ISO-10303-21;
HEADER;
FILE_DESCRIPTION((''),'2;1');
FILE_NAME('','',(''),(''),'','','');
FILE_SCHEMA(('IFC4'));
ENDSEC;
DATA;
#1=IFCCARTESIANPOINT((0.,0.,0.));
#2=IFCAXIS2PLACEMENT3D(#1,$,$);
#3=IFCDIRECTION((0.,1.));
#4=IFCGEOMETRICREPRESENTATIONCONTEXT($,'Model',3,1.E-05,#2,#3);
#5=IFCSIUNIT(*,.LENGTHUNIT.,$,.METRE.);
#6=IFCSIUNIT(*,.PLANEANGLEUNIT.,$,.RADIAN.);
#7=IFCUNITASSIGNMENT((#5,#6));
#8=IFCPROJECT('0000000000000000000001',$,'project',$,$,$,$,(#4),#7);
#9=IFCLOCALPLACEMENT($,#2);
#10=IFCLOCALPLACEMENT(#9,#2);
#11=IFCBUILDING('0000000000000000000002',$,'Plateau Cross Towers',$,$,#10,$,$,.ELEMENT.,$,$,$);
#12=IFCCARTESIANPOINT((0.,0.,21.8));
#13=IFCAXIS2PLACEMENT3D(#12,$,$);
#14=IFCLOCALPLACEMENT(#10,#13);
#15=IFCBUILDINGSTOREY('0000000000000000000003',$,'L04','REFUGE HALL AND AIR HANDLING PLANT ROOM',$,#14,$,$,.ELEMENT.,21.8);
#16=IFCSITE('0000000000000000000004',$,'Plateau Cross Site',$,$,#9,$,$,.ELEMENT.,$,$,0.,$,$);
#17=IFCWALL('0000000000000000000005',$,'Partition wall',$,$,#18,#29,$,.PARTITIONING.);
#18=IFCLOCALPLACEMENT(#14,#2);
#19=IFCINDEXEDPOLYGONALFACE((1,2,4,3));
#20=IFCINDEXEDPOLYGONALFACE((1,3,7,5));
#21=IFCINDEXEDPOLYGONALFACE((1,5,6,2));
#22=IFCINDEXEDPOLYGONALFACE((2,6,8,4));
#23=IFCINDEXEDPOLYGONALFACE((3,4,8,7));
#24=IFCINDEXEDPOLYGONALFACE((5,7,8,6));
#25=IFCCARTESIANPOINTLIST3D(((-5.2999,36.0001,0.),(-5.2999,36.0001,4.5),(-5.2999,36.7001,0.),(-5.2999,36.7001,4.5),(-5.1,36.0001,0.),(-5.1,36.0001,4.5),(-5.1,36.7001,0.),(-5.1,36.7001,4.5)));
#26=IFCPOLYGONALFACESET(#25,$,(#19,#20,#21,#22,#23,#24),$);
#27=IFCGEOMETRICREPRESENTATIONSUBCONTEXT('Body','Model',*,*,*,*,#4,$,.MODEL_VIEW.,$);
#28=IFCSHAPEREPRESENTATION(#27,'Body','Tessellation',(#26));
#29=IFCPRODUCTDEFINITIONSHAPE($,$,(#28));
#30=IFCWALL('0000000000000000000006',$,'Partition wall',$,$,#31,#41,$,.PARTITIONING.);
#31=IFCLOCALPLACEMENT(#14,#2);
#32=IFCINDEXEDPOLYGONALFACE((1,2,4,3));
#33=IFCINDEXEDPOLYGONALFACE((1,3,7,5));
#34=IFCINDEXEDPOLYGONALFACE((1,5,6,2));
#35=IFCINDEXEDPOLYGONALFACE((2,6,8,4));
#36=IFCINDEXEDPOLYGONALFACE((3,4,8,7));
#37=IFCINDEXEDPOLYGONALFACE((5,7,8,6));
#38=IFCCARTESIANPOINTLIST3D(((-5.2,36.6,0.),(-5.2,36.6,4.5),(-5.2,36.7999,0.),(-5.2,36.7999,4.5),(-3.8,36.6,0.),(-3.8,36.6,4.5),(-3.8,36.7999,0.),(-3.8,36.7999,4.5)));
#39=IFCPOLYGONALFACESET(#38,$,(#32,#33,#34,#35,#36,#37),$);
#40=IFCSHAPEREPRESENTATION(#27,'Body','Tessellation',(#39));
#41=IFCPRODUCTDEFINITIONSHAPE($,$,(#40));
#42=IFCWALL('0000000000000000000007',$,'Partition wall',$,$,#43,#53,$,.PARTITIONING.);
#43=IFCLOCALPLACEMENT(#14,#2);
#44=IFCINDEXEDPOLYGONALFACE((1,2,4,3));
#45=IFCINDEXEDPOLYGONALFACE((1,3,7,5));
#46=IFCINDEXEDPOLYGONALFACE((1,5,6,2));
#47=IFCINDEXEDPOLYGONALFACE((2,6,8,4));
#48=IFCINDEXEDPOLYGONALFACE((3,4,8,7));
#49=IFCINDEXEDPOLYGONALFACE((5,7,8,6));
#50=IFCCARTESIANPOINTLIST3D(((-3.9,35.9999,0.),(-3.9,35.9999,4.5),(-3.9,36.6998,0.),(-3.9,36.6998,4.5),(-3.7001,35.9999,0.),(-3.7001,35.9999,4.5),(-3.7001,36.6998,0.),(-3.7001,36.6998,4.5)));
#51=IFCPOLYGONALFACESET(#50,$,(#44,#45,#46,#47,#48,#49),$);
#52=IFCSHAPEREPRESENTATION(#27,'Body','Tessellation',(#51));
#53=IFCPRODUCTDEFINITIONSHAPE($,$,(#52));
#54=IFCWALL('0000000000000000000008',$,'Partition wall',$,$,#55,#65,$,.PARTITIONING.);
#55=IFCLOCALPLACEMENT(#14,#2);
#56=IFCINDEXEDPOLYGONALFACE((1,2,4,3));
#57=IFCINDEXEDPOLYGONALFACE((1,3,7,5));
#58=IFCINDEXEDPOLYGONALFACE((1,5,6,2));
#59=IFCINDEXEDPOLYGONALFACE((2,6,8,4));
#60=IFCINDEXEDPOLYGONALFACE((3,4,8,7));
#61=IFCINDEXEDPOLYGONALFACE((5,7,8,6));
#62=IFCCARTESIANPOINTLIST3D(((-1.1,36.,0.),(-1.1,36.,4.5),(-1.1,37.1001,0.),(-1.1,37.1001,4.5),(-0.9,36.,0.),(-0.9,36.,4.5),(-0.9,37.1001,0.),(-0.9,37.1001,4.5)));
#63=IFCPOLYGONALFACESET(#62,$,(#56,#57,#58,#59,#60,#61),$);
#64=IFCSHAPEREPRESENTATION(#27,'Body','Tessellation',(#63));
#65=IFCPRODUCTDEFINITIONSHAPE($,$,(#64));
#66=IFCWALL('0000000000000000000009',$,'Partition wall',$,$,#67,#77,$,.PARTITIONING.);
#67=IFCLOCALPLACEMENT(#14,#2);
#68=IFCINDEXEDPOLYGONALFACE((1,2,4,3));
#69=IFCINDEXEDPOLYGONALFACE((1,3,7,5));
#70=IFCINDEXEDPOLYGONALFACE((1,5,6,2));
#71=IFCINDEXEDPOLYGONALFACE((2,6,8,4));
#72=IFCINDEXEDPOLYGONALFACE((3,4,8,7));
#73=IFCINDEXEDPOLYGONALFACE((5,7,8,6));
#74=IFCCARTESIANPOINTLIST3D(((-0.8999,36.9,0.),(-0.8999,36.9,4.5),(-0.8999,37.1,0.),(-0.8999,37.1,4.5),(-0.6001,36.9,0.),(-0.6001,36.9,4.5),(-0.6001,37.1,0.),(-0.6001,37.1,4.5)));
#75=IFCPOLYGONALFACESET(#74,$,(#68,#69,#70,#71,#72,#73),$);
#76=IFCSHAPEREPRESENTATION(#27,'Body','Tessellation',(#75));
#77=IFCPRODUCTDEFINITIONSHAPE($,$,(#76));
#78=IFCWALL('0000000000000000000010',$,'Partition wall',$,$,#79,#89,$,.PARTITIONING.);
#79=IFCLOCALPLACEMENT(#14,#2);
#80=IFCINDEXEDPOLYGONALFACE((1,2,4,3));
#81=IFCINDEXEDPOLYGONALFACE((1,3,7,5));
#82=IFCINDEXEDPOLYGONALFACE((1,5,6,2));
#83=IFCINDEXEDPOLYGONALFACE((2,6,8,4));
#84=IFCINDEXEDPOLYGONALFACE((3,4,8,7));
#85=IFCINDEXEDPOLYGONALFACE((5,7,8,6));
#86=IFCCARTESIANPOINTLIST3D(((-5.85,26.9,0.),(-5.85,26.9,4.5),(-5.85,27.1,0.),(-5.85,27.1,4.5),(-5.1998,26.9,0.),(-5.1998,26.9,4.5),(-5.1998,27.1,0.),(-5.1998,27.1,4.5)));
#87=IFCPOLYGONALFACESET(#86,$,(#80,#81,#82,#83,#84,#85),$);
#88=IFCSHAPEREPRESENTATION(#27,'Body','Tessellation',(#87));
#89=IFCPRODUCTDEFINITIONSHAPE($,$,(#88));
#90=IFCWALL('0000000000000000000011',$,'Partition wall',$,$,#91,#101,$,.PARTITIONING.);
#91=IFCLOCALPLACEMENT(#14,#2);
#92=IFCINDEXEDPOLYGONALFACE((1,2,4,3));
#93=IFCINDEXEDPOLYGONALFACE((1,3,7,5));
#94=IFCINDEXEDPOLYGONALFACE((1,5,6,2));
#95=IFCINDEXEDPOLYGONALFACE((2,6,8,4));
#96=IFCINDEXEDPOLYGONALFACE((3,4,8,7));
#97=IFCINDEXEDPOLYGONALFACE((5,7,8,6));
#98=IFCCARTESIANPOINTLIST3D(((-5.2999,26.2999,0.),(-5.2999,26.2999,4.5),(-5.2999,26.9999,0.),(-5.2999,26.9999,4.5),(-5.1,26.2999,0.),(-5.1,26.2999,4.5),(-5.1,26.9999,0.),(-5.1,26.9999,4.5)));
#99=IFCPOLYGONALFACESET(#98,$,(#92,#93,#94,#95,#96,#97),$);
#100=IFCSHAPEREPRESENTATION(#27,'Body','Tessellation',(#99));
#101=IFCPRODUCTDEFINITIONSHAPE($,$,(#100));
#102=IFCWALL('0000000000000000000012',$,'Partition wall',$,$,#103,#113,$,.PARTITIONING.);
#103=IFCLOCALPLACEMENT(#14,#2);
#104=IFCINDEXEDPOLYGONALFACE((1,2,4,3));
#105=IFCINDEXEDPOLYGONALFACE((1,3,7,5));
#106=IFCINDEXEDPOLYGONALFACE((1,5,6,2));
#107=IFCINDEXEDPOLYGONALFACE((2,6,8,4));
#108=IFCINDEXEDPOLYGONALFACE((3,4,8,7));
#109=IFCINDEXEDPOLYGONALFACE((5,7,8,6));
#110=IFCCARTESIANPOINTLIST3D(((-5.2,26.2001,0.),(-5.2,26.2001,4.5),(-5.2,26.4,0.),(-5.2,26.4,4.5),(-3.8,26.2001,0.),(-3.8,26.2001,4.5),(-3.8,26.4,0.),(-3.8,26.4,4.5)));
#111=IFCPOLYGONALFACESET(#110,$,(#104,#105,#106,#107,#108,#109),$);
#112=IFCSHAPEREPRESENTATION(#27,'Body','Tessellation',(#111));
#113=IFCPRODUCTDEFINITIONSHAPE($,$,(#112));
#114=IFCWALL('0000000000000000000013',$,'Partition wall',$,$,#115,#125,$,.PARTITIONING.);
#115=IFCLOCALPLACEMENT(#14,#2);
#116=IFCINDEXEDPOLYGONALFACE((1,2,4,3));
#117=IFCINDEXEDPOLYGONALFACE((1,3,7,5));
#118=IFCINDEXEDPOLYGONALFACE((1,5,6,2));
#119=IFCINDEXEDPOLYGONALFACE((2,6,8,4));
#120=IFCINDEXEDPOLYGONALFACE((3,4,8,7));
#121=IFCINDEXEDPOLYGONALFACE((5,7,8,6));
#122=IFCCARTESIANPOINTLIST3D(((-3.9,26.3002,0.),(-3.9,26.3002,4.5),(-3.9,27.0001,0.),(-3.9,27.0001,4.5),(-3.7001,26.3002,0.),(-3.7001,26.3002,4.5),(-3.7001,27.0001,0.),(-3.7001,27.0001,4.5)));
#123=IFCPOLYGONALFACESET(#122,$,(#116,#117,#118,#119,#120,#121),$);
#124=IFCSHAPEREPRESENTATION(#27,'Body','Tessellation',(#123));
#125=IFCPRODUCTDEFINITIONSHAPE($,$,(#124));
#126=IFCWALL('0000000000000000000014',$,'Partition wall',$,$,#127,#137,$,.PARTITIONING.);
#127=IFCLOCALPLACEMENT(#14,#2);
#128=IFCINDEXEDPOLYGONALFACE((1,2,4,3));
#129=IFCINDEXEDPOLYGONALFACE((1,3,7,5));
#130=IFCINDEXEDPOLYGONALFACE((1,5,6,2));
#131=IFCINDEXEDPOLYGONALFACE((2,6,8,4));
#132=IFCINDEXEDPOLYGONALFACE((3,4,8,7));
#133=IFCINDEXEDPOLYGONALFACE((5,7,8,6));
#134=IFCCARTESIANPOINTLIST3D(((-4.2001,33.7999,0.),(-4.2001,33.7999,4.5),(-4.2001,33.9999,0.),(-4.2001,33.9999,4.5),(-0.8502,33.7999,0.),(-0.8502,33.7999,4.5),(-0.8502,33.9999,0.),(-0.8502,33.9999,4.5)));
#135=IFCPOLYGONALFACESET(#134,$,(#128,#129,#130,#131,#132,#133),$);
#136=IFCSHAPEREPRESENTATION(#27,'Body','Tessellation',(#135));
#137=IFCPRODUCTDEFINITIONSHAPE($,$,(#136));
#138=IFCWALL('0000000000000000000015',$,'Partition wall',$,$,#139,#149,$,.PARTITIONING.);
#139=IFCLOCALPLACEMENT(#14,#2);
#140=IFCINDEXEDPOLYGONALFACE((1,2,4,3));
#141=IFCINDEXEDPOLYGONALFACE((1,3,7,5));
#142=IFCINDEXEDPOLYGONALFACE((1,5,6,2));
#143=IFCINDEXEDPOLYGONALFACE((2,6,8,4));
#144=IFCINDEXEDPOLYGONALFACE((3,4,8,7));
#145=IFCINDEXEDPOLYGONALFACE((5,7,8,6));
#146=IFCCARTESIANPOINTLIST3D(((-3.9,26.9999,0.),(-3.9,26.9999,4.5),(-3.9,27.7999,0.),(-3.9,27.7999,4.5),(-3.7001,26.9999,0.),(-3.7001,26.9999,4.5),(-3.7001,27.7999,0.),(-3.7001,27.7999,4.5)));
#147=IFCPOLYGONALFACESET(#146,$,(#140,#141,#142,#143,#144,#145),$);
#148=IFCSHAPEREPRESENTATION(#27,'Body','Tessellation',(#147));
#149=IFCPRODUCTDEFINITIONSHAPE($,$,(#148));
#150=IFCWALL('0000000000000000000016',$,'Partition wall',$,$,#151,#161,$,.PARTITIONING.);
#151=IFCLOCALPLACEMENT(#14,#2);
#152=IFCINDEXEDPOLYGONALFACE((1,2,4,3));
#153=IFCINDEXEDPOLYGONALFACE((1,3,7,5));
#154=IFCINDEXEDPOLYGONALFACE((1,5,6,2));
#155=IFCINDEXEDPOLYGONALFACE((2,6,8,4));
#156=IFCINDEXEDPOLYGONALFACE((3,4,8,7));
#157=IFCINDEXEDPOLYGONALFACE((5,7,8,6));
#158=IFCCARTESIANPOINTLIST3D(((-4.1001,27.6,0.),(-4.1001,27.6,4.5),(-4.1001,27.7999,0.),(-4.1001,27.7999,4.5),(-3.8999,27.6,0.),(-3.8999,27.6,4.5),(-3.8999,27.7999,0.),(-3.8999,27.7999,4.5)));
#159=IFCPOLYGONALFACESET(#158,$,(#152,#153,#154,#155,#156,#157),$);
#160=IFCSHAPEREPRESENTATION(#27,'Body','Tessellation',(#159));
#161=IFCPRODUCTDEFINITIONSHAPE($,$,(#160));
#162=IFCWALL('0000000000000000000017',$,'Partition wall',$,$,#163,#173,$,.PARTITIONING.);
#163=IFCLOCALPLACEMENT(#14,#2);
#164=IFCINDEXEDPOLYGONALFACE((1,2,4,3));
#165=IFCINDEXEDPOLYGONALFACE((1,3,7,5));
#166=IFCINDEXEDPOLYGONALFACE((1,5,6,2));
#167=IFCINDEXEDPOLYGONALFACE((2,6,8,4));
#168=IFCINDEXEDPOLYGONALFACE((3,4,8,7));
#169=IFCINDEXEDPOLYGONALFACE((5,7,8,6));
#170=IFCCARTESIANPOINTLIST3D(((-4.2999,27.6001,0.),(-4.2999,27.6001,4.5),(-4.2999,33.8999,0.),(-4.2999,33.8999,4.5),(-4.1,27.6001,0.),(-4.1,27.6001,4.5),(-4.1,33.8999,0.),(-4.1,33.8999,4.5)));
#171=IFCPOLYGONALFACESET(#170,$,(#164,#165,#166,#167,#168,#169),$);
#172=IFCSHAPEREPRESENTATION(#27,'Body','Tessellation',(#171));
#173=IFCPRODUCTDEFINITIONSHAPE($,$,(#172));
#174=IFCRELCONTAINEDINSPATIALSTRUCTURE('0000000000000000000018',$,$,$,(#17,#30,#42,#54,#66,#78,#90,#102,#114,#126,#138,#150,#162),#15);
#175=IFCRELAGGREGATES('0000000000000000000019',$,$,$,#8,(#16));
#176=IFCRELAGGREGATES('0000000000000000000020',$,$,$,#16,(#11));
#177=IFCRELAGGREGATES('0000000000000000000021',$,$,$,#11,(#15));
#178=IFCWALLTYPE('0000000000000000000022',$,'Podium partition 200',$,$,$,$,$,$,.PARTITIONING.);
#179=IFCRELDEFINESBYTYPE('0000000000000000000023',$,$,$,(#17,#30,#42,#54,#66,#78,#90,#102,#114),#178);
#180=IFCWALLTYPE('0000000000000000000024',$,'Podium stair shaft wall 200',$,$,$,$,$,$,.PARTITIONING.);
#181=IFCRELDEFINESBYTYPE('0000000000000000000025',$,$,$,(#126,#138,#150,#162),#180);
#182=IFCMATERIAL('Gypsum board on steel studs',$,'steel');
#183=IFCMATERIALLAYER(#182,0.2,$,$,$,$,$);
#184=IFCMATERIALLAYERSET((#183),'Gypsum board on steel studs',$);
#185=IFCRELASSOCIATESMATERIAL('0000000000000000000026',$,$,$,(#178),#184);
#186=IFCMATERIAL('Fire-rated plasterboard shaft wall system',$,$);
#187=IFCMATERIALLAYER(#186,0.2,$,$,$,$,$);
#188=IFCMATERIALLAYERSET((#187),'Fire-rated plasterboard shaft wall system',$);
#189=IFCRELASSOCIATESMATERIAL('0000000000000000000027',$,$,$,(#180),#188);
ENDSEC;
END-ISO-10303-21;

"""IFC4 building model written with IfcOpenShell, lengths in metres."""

from ifc_helpers import new_model, si_unit, direction, frame, frame_2d, origin, place, context, subcontext, project, spatial, rectangle, extrude, material, layer, layer_set, type_object, element, save


model = new_model("IFC4")

# Units and contexts
model_context = context("Model", 3, precision=1e-05, world=origin(), true_north=direction((0.0, 1.0)))
body_context = subcontext(model_context, "Body", "Model", "MODEL_VIEW")
ifc_project = project(units=[si_unit("LENGTHUNIT", "METRE"), si_unit("PLANEANGLEUNIT", "RADIAN")], contexts=[model_context])

# Site, building, storey
site_placement = place(None, origin())
site = spatial("IfcSite", under=ifc_project, at=site_placement, Name="Plateau Cross Site", CompositionType="ELEMENT", RefElevation=0.0)
building_placement = place(site_placement, origin())
building = spatial("IfcBuilding", under=site, at=building_placement, Name="Plateau Cross Towers", CompositionType="ELEMENT")
storey_placement = place(building_placement, frame((0.0, 0.0, 21.8)))
storey = spatial("IfcBuildingStorey", under=building, at=storey_placement, Name="L04", Description="REFUGE HALL AND AIR HANDLING PLANT ROOM", CompositionType="ELEMENT", Elevation=21.8)

# Walls
ifc_material_1 = material(Name="Gypsum board on steel studs", Category="steel")
ifc_layer_1 = layer(ifc_material_1, 0.2)
ifc_layer_set_1 = layer_set([ifc_layer_1], Name="Gypsum board on steel studs")
wall_type_1 = type_object("IfcWallType", Name="Podium partition 200", PredefinedType="PARTITIONING", material=ifc_layer_set_1)
wall_1_placement = place(storey_placement, frame((-5.2, 36.0, 0.0), z_axis=(0.0, 0.0, 1.0), x_axis=(0.0, 1.0, 0.0)))
element("IfcWall", 1, at=wall_1_placement, inside=storey, type_object=wall_type_1, Name="Partition wall", PredefinedType="PARTITIONING", context=body_context, shape_type="SweptSolid", body=[
    extrude(rectangle(XDim=0.7, YDim=0.2, at=frame_2d((0.3501, 0.0))), origin(), (0.0, 0.0, 1.0), 4.5),
])
wall_2_placement = place(storey_placement, frame((-5.2, 36.7, 0.0), z_axis=(0.0, 0.0, 1.0), x_axis=(1.0, 0.0, 0.0)))
element("IfcWall", 2, at=wall_2_placement, inside=storey, type_object=wall_type_1, Name="Partition wall", PredefinedType="PARTITIONING", context=body_context, shape_type="SweptSolid", body=[
    extrude(rectangle(XDim=1.3999, YDim=0.2, at=frame_2d((0.7, 0.0))), origin(), (0.0, 0.0, 1.0), 4.5),
])
wall_3_placement = place(storey_placement, frame((-3.8, 36.7, 0.0), z_axis=(0.0, 0.0, 1.0), x_axis=(0.0, -1.0, 0.0)))
element("IfcWall", 3, at=wall_3_placement, inside=storey, type_object=wall_type_1, Name="Partition wall", PredefinedType="PARTITIONING", context=body_context, shape_type="SweptSolid", body=[
    extrude(rectangle(XDim=0.7, YDim=0.2, at=frame_2d((0.3501, 0.0))), origin(), (0.0, 0.0, 1.0), 4.5),
])
wall_4_placement = place(storey_placement, frame((-1.0, 36.0, 0.0), z_axis=(0.0, 0.0, 1.0), x_axis=(0.0, 1.0, 0.0)))
element("IfcWall", 4, at=wall_4_placement, inside=storey, type_object=wall_type_1, Name="Partition wall", PredefinedType="PARTITIONING", context=body_context, shape_type="SweptSolid", body=[
    extrude(rectangle(XDim=1.1001, YDim=0.2, at=frame_2d((0.55, 0.0))), origin(), (0.0, 0.0, 1.0), 4.5),
])
wall_5_placement = place(storey_placement, frame((-0.8999, 37.0, 0.0), z_axis=(0.0, 0.0, 1.0), x_axis=(1.0, 0.0, 0.0)))
element("IfcWall", 5, at=wall_5_placement, inside=storey, type_object=wall_type_1, Name="Partition wall", PredefinedType="PARTITIONING", context=body_context, shape_type="SweptSolid", body=[
    extrude(rectangle(XDim=0.2998, YDim=0.2, at=frame_2d((0.1499, 0.0))), origin(), (0.0, 0.0, 1.0), 4.5),
])
wall_6_placement = place(storey_placement, frame((-5.8501, 27.0, 0.0), z_axis=(0.0, 0.0, 1.0), x_axis=(1.0, 0.0, 0.0)))
element("IfcWall", 6, at=wall_6_placement, inside=storey, type_object=wall_type_1, Name="Partition wall", PredefinedType="PARTITIONING", context=body_context, shape_type="SweptSolid", body=[
    extrude(rectangle(XDim=0.6501, YDim=0.2, at=frame_2d((0.3252, 0.0))), origin(), (0.0, 0.0, 1.0), 4.5),
])
wall_7_placement = place(storey_placement, frame((-5.2, 27.0, 0.0), z_axis=(0.0, 0.0, 1.0), x_axis=(0.0, -1.0, 0.0)))
element("IfcWall", 7, at=wall_7_placement, inside=storey, type_object=wall_type_1, Name="Partition wall", PredefinedType="PARTITIONING", context=body_context, shape_type="SweptSolid", body=[
    extrude(rectangle(XDim=0.7, YDim=0.2, at=frame_2d((0.3501, 0.0))), origin(), (0.0, 0.0, 1.0), 4.5),
])
wall_8_placement = place(storey_placement, frame((-5.2, 26.3, 0.0), z_axis=(0.0, 0.0, 1.0), x_axis=(1.0, 0.0, 0.0)))
element("IfcWall", 8, at=wall_8_placement, inside=storey, type_object=wall_type_1, Name="Partition wall", PredefinedType="PARTITIONING", context=body_context, shape_type="SweptSolid", body=[
    extrude(rectangle(XDim=1.3999, YDim=0.2, at=frame_2d((0.7, 0.0))), origin(), (0.0, 0.0, 1.0), 4.5),
])
wall_9_placement = place(storey_placement, frame((-3.8, 26.3, 0.0), z_axis=(0.0, 0.0, 1.0), x_axis=(0.0, 1.0, 0.0)))
element("IfcWall", 9, at=wall_9_placement, inside=storey, type_object=wall_type_1, Name="Partition wall", PredefinedType="PARTITIONING", context=body_context, shape_type="SweptSolid", body=[
    extrude(rectangle(XDim=0.7, YDim=0.2, at=frame_2d((0.3501, 0.0))), origin(), (0.0, 0.0, 1.0), 4.5),
])
ifc_material_2 = material(Name="Fire-rated plasterboard shaft wall system")
ifc_layer_2 = layer(ifc_material_2, 0.2)
ifc_layer_set_2 = layer_set([ifc_layer_2], Name="Fire-rated plasterboard shaft wall system")
wall_type_2 = type_object("IfcWallType", Name="Podium stair shaft wall 200", PredefinedType="PARTITIONING", material=ifc_layer_set_2)
wall_10_placement = place(storey_placement, frame((-4.2, 33.8999, 0.0), z_axis=(0.0, 0.0, 1.0), x_axis=(1.0, 0.0, 0.0)))
element("IfcWall", 10, at=wall_10_placement, inside=storey, type_object=wall_type_2, Name="Partition wall", PredefinedType="PARTITIONING", context=body_context, shape_type="SweptSolid", body=[
    extrude(rectangle(XDim=3.3499, YDim=0.2, at=frame_2d((1.6748, 0.0))), origin(), (0.0, 0.0, 1.0), 4.5),
])
wall_11_placement = place(storey_placement, frame((-3.8, 27.0, 0.0), z_axis=(0.0, 0.0, 1.0), x_axis=(0.0, 1.0, 0.0)))
element("IfcWall", 11, at=wall_11_placement, inside=storey, type_object=wall_type_2, Name="Partition wall", PredefinedType="PARTITIONING", context=body_context, shape_type="SweptSolid", body=[
    extrude(rectangle(XDim=0.8, YDim=0.2, at=frame_2d((0.3999, 0.0))), origin(), (0.0, 0.0, 1.0), 4.5),
])
wall_12_placement = place(storey_placement, frame((-3.8999, 27.7, 0.0), z_axis=(0.0, 0.0, 1.0), x_axis=(-1.0, 0.0, 0.0)))
element("IfcWall", 12, at=wall_12_placement, inside=storey, type_object=wall_type_2, Name="Partition wall", PredefinedType="PARTITIONING", context=body_context, shape_type="SweptSolid", body=[
    extrude(rectangle(XDim=0.2002, YDim=0.2, at=frame_2d((0.1001, 0.0))), origin(), (0.0, 0.0, 1.0), 4.5),
])
wall_13_placement = place(storey_placement, frame((-4.2, 27.6001, 0.0), z_axis=(0.0, 0.0, 1.0), x_axis=(0.0, 1.0, 0.0)))
element("IfcWall", 13, at=wall_13_placement, inside=storey, type_object=wall_type_2, Name="Partition wall", PredefinedType="PARTITIONING", context=body_context, shape_type="SweptSolid", body=[
    extrude(rectangle(XDim=6.2998, YDim=0.2, at=frame_2d((3.1499, 0.0))), origin(), (0.0, 0.0, 1.0), 4.5),
])

save(model, "model.ifc")
